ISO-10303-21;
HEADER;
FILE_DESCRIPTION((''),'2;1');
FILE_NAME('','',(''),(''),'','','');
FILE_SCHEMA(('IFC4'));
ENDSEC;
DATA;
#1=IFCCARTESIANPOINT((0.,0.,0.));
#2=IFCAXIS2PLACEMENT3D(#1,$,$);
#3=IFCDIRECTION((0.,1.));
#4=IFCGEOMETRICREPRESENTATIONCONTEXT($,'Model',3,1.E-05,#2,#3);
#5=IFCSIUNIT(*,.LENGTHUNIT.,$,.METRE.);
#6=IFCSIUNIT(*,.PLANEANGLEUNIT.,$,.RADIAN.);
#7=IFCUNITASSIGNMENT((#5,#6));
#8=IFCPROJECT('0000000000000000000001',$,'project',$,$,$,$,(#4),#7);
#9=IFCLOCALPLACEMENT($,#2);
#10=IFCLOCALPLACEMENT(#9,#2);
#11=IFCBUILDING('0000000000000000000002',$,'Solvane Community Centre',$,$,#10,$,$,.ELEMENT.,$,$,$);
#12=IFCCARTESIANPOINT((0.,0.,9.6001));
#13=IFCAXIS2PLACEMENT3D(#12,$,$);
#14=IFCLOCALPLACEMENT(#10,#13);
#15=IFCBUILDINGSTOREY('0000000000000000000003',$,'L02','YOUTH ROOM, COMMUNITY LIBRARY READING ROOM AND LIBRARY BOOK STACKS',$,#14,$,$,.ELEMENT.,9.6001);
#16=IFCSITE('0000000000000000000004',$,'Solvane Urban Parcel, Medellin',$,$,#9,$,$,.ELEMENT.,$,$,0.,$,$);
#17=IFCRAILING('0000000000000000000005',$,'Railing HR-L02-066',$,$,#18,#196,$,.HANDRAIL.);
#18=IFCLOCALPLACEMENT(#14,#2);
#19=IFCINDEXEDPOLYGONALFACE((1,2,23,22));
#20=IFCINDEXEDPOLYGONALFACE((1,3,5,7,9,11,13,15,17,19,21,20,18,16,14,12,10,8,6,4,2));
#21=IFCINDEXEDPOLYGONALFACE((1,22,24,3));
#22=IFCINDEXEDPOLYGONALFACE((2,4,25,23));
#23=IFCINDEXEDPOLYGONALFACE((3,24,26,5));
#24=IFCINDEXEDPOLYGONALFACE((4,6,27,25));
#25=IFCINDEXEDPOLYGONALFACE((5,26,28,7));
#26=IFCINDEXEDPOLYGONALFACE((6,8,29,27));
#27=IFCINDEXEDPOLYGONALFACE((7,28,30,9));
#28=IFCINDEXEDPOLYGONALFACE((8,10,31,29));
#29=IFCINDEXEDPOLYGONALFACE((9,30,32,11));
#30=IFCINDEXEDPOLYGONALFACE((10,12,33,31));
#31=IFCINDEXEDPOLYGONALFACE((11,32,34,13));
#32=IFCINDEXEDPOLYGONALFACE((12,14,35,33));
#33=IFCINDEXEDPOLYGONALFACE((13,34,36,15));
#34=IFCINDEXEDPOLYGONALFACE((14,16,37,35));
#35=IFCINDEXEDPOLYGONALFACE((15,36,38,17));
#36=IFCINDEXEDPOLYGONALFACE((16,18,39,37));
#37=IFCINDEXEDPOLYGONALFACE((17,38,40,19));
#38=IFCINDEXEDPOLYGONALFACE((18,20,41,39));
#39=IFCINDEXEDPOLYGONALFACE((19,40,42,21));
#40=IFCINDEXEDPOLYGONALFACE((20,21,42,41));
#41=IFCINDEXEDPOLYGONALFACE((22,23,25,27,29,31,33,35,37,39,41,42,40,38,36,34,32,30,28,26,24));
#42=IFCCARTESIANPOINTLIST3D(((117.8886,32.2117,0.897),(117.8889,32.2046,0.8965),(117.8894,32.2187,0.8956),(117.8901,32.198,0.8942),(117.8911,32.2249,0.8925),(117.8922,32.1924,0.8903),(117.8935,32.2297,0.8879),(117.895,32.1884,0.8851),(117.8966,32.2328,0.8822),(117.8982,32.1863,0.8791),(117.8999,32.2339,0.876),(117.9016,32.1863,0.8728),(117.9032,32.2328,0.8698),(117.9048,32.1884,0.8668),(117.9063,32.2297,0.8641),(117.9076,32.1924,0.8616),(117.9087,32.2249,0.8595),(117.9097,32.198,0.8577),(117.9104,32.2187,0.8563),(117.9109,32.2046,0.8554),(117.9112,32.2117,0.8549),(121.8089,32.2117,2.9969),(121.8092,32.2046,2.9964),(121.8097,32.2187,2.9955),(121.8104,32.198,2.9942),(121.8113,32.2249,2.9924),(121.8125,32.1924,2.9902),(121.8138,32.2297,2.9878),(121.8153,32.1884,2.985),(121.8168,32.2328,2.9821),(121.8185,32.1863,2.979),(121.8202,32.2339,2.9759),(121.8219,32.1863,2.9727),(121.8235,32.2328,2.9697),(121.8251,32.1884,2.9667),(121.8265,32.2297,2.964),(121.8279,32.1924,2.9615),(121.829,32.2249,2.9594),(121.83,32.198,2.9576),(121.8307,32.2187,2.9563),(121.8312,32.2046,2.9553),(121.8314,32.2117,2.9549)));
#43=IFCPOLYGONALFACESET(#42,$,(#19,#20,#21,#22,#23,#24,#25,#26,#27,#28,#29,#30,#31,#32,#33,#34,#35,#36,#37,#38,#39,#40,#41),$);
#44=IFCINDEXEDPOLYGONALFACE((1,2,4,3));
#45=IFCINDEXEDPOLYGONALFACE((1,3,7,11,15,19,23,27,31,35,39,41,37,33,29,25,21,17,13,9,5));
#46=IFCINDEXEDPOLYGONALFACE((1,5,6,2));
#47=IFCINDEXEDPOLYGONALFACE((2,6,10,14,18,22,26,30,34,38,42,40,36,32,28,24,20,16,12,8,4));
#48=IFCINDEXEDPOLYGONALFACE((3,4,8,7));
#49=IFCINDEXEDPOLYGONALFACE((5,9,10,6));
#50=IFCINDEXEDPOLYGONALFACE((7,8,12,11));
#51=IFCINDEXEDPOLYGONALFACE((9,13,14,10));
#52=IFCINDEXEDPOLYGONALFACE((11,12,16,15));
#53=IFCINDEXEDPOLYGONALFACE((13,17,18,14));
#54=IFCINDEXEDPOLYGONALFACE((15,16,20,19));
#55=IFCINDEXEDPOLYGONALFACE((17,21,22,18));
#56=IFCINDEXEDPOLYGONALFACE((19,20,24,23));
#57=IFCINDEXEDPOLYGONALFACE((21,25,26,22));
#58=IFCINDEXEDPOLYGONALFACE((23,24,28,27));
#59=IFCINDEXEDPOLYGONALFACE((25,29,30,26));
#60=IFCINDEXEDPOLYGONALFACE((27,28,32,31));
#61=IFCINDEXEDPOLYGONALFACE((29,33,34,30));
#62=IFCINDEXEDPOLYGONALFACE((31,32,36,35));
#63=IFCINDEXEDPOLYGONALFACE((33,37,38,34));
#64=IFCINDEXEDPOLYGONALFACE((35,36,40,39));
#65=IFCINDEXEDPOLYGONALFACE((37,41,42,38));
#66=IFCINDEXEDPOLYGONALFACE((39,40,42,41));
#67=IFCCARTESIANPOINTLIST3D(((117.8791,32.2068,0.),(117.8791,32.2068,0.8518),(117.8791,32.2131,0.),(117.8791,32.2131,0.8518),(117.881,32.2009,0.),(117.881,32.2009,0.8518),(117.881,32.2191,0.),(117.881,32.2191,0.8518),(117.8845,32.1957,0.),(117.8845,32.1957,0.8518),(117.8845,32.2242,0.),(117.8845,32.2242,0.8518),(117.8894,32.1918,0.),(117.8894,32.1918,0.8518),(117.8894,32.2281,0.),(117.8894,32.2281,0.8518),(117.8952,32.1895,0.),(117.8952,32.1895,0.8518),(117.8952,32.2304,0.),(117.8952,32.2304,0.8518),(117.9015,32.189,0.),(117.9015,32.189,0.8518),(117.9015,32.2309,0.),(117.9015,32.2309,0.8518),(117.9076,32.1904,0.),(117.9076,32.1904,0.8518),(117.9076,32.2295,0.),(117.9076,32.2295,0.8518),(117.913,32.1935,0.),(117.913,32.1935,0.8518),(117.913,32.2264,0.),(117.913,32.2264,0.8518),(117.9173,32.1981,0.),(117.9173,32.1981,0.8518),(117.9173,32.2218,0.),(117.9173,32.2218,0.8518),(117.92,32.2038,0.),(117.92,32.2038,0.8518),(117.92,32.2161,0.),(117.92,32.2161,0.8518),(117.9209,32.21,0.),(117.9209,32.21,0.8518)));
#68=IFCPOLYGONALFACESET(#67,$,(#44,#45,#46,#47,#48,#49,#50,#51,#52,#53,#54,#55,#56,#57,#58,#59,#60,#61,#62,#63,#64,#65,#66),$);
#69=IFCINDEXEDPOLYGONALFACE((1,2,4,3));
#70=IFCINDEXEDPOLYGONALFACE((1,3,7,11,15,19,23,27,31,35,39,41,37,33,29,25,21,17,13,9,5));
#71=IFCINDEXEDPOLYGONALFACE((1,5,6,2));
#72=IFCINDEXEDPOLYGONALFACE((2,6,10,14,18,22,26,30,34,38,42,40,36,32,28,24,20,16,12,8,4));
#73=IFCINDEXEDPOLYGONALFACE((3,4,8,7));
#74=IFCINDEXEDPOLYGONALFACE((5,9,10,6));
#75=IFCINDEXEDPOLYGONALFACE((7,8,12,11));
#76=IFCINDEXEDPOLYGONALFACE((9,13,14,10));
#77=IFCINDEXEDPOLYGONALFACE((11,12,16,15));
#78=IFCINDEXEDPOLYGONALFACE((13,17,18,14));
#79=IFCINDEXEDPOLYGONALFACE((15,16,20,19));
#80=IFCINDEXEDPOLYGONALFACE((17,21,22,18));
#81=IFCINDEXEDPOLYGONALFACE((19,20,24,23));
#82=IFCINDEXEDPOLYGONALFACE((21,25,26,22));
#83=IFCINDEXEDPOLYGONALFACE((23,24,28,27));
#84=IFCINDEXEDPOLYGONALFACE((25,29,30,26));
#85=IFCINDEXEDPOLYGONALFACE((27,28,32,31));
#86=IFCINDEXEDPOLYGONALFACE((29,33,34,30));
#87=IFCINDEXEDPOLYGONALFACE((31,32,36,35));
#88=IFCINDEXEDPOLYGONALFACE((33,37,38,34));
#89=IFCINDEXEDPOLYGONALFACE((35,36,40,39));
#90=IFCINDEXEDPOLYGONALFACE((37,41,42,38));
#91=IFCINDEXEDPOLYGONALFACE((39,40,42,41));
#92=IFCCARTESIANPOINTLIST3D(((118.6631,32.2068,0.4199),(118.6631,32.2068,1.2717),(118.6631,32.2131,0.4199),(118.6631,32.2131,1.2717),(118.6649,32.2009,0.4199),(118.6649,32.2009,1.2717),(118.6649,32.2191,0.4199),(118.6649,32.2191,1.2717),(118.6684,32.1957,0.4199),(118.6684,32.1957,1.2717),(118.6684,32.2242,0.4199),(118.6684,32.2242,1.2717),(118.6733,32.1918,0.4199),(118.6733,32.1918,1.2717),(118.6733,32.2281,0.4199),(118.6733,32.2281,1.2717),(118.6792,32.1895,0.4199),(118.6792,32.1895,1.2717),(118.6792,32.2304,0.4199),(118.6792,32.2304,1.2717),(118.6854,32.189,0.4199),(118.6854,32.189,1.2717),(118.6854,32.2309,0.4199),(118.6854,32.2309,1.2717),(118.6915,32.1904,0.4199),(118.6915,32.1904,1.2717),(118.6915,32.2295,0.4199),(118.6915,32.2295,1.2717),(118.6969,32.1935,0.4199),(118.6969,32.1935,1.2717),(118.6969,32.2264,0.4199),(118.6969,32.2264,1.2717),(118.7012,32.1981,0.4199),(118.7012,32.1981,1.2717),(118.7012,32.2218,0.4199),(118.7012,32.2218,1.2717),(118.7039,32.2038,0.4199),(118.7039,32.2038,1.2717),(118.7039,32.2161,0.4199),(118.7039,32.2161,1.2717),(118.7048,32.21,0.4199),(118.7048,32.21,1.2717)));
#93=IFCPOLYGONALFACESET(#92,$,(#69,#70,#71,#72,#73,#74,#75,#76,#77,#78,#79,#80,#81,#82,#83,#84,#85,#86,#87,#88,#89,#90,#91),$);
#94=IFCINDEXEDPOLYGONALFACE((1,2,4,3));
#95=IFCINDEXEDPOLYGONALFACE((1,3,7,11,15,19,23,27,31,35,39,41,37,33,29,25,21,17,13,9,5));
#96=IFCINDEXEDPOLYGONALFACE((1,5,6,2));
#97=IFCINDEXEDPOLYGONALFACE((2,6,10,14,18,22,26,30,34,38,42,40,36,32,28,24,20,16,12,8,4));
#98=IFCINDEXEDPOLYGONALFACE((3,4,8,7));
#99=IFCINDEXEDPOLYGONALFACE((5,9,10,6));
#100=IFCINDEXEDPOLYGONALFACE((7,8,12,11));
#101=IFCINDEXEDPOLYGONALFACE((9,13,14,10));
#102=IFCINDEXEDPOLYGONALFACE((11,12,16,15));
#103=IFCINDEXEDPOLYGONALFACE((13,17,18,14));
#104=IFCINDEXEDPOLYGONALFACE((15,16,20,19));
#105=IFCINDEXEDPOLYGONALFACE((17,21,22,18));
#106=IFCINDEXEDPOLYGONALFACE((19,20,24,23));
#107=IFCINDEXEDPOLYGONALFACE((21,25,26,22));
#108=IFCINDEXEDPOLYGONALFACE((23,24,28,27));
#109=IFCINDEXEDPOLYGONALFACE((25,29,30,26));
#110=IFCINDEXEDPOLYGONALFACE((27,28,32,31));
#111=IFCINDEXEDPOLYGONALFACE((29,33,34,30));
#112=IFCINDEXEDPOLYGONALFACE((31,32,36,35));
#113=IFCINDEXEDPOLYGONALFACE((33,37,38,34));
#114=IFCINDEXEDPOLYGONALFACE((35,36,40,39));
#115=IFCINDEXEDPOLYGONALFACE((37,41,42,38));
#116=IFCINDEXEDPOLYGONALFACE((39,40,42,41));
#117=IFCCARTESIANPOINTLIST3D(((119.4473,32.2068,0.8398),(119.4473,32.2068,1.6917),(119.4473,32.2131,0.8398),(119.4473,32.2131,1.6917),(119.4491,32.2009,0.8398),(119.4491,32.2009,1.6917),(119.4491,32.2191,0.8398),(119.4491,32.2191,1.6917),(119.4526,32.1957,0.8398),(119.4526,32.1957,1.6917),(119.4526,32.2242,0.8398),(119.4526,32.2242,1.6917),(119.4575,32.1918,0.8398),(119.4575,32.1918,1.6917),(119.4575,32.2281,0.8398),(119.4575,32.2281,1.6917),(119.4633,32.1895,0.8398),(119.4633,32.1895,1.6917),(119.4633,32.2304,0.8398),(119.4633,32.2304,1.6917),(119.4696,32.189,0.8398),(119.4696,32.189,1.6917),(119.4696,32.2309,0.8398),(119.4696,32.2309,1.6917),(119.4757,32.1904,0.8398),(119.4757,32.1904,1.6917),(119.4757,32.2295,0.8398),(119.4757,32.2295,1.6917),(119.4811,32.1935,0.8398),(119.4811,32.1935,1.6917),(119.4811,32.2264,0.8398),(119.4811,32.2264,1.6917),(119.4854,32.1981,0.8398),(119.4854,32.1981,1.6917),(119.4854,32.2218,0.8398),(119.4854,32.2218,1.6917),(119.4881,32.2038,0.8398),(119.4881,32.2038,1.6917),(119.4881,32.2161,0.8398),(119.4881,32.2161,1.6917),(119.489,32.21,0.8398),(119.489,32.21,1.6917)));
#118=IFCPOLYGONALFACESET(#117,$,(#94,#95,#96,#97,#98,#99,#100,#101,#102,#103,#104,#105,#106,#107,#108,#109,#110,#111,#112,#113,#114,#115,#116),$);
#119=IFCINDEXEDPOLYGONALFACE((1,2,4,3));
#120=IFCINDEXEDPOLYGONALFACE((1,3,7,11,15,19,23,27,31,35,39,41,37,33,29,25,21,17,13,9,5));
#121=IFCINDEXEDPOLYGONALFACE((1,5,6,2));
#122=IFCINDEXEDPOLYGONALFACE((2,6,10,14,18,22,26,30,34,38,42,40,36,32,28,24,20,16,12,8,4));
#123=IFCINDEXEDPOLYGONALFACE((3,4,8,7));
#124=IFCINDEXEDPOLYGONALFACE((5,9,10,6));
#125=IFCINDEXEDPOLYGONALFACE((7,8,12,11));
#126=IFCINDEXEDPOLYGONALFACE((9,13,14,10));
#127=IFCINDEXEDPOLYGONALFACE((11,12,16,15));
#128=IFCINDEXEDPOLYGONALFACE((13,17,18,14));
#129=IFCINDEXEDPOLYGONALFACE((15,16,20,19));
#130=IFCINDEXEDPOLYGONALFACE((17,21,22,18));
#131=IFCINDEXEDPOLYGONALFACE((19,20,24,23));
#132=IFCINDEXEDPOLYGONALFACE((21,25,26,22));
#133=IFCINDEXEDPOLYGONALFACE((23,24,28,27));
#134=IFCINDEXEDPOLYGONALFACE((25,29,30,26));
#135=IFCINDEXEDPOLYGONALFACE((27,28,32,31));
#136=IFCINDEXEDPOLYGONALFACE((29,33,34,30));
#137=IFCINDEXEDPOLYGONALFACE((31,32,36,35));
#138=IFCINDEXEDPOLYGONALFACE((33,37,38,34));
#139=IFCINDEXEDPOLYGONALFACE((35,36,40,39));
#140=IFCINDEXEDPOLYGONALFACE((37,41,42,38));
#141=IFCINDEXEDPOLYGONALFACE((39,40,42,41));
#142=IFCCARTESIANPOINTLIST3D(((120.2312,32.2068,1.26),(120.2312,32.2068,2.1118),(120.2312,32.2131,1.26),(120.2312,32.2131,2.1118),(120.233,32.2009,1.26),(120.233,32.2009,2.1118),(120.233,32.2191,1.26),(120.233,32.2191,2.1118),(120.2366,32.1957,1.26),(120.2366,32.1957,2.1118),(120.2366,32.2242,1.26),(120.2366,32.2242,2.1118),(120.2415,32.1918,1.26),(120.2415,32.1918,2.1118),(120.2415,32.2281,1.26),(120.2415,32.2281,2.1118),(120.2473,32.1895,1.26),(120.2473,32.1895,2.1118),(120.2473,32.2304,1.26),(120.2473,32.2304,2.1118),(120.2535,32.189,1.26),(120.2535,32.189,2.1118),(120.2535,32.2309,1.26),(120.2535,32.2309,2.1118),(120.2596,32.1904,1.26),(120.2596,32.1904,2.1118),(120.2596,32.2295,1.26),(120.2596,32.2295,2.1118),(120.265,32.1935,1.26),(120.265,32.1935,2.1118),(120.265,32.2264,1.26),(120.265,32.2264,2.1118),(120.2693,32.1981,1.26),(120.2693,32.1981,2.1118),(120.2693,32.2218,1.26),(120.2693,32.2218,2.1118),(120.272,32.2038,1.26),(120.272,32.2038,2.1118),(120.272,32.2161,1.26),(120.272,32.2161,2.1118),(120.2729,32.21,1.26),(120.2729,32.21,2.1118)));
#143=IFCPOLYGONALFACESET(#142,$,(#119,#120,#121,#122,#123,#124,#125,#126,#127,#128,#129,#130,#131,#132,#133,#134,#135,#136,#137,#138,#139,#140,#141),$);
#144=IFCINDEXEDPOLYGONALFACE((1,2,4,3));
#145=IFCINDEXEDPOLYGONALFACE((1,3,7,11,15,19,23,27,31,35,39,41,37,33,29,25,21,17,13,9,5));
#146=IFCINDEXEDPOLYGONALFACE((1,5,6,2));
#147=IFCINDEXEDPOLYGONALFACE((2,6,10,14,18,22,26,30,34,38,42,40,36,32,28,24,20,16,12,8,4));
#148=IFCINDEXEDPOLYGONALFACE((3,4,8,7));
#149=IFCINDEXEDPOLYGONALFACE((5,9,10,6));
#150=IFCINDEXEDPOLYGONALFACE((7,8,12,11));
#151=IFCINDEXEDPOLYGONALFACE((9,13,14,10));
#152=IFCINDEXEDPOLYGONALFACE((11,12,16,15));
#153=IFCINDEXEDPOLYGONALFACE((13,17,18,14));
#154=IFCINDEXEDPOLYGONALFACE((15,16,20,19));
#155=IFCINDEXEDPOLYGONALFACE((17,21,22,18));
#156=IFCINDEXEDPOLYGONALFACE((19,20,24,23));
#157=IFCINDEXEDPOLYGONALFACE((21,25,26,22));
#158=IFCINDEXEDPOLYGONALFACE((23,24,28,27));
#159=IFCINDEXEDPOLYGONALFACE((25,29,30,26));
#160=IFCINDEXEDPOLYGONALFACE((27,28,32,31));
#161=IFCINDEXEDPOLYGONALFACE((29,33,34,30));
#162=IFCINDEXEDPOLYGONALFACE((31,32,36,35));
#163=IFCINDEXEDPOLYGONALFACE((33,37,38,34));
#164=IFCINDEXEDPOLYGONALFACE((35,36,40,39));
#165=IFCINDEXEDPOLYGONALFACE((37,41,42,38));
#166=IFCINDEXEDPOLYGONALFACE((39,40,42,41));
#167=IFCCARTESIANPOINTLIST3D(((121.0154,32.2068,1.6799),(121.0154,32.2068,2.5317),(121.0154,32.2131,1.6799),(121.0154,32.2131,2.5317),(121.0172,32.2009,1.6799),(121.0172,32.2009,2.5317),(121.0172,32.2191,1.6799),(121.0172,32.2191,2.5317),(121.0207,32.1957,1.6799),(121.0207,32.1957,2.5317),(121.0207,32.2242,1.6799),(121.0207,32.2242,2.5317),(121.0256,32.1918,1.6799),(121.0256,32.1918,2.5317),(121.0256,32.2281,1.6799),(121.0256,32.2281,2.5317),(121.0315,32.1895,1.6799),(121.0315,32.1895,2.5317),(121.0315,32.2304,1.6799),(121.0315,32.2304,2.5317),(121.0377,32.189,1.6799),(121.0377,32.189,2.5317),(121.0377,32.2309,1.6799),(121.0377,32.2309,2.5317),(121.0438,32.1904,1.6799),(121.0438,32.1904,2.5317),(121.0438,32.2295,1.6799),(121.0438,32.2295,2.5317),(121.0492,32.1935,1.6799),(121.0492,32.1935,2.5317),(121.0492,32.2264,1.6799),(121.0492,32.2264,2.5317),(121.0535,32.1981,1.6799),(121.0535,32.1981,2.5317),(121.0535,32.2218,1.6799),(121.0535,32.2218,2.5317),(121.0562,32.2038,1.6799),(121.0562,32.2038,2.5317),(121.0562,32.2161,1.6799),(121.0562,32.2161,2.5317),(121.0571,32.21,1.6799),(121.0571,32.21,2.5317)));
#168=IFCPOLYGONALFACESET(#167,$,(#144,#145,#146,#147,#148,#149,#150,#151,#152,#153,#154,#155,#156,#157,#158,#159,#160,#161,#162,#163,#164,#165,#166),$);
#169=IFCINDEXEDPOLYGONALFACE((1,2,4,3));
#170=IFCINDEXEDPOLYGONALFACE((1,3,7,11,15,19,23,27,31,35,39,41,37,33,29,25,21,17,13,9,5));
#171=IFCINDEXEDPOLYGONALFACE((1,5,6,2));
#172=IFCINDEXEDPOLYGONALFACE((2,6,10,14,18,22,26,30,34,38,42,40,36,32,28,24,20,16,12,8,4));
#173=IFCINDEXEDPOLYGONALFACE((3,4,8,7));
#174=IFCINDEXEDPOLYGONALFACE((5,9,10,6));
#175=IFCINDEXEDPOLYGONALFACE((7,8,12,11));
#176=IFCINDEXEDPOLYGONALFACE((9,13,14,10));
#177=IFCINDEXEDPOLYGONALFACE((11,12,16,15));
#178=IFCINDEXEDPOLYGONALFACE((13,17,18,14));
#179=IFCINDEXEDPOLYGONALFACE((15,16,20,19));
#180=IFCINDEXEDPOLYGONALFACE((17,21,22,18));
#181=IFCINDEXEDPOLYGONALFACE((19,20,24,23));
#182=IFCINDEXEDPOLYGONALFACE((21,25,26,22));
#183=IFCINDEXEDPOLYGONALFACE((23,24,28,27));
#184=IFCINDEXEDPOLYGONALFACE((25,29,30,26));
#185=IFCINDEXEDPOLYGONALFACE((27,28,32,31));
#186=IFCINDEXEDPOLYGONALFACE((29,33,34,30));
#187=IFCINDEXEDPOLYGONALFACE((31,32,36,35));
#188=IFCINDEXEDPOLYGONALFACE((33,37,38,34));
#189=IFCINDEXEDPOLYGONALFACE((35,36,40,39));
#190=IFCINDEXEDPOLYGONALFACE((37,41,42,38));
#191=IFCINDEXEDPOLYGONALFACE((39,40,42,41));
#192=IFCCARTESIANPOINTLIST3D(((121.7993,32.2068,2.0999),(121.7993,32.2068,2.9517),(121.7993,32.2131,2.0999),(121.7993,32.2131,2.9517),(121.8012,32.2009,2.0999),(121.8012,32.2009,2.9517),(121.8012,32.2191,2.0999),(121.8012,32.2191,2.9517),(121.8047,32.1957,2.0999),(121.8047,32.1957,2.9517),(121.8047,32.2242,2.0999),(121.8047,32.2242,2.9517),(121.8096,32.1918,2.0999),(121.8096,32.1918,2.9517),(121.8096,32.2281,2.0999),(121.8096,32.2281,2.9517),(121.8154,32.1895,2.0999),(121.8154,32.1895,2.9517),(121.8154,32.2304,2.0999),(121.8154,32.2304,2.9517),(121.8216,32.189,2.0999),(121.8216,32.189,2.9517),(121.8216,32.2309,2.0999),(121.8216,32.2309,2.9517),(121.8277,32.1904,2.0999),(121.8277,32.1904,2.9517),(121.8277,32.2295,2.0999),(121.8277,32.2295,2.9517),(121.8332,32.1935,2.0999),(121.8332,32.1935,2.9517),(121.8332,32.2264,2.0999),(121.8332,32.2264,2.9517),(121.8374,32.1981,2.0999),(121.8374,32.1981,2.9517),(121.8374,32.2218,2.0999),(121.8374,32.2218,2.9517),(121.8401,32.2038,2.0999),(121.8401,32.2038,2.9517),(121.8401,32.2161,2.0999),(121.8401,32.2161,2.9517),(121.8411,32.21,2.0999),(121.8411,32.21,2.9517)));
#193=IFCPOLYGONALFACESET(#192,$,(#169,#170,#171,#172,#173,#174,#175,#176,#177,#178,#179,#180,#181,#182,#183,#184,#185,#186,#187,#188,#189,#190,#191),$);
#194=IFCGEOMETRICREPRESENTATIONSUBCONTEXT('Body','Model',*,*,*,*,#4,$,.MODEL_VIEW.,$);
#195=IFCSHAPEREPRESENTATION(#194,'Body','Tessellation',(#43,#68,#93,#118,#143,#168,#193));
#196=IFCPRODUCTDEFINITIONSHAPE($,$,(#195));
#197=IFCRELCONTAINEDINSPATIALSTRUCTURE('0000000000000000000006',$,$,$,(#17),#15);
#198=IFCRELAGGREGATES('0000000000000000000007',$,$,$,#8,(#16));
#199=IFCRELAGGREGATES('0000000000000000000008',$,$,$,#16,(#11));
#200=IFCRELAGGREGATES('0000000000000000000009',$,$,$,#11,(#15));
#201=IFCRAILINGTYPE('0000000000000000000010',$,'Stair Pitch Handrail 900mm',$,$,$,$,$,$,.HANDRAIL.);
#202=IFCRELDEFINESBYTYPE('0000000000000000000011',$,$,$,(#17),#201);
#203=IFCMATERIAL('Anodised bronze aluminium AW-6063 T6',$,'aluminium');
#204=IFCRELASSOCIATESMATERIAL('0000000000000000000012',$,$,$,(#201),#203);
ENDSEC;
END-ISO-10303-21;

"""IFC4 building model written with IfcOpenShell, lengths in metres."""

from ifc_helpers import new_model, si_unit, direction, frame, origin, origin_2d, place, context, subcontext, project, spatial, circle, extrude, material, type_object, element, save


model = new_model("IFC4")

# Units and contexts
model_context = context("Model", 3, precision=1e-05, world=origin(), true_north=direction((0.0, 1.0)))
body_context = subcontext(model_context, "Body", "Model", "MODEL_VIEW")
ifc_project = project(units=[si_unit("LENGTHUNIT", "METRE"), si_unit("PLANEANGLEUNIT", "RADIAN")], contexts=[model_context])

# Site, building, storey
site_placement = place(None, origin())
site = spatial("IfcSite", under=ifc_project, at=site_placement, Name="Solvane Urban Parcel, Medellin", CompositionType="ELEMENT", RefElevation=0.0)
building_placement = place(site_placement, origin())
building = spatial("IfcBuilding", under=site, at=building_placement, Name="Solvane Community Centre", CompositionType="ELEMENT")
storey_placement = place(building_placement, frame((0.0, 0.0, 9.6001)))
storey = spatial("IfcBuildingStorey", under=building, at=storey_placement, Name="L02", Description="YOUTH ROOM, COMMUNITY LIBRARY READING ROOM AND LIBRARY BOOK STACKS", CompositionType="ELEMENT", Elevation=9.6001)

# Shared definitions
ifc_material_1 = material(Name="Anodised bronze aluminium AW-6063 T6", Category="aluminium")

# Railing
railing_type_1 = type_object("IfcRailingType", Name="Stair Pitch Handrail 900mm", PredefinedType="HANDRAIL", material=ifc_material_1)
railing_1_placement = place(storey_placement, frame((117.8999, 32.21, 0.0)))
element("IfcRailing", 1, at=railing_1_placement, inside=storey, type_object=railing_type_1, Name="Railing HR-L02-066", PredefinedType="HANDRAIL", context=body_context, shape_type="SweptSolid", body=[
    extrude(circle(Radius=0.0239, at=origin_2d()), frame((0.0, 0.0, 0.876), z_axis=(0.881502, 0.0, 0.47218), x_axis=(0.0, 1.0, 0.0)), (0.0, 0.0, 1.0), 4.4473),
    extrude(circle(Radius=0.021, at=origin_2d()), origin(), (0.0, 0.0, 1.0), 0.8518),
    extrude(circle(Radius=0.021, at=origin_2d()), frame((0.7839, 0.0, 0.4199)), (0.0, 0.0, 1.0), 0.8518),
    extrude(circle(Radius=0.021, at=origin_2d()), frame((1.5681, 0.0, 0.8398)), (0.0, 0.0, 1.0), 0.8518),
    extrude(circle(Radius=0.021, at=origin_2d()), frame((2.3521, 0.0, 1.26)), (0.0, 0.0, 1.0), 0.8518),
    extrude(circle(Radius=0.021, at=origin_2d()), frame((3.1362, 0.0, 1.6799)), (0.0, 0.0, 1.0), 0.8518),
    extrude(circle(Radius=0.021, at=origin_2d()), frame((3.9202, 0.0, 2.0999)), (0.0, 0.0, 1.0), 0.8518),
])

save(model, "model.ifc")
